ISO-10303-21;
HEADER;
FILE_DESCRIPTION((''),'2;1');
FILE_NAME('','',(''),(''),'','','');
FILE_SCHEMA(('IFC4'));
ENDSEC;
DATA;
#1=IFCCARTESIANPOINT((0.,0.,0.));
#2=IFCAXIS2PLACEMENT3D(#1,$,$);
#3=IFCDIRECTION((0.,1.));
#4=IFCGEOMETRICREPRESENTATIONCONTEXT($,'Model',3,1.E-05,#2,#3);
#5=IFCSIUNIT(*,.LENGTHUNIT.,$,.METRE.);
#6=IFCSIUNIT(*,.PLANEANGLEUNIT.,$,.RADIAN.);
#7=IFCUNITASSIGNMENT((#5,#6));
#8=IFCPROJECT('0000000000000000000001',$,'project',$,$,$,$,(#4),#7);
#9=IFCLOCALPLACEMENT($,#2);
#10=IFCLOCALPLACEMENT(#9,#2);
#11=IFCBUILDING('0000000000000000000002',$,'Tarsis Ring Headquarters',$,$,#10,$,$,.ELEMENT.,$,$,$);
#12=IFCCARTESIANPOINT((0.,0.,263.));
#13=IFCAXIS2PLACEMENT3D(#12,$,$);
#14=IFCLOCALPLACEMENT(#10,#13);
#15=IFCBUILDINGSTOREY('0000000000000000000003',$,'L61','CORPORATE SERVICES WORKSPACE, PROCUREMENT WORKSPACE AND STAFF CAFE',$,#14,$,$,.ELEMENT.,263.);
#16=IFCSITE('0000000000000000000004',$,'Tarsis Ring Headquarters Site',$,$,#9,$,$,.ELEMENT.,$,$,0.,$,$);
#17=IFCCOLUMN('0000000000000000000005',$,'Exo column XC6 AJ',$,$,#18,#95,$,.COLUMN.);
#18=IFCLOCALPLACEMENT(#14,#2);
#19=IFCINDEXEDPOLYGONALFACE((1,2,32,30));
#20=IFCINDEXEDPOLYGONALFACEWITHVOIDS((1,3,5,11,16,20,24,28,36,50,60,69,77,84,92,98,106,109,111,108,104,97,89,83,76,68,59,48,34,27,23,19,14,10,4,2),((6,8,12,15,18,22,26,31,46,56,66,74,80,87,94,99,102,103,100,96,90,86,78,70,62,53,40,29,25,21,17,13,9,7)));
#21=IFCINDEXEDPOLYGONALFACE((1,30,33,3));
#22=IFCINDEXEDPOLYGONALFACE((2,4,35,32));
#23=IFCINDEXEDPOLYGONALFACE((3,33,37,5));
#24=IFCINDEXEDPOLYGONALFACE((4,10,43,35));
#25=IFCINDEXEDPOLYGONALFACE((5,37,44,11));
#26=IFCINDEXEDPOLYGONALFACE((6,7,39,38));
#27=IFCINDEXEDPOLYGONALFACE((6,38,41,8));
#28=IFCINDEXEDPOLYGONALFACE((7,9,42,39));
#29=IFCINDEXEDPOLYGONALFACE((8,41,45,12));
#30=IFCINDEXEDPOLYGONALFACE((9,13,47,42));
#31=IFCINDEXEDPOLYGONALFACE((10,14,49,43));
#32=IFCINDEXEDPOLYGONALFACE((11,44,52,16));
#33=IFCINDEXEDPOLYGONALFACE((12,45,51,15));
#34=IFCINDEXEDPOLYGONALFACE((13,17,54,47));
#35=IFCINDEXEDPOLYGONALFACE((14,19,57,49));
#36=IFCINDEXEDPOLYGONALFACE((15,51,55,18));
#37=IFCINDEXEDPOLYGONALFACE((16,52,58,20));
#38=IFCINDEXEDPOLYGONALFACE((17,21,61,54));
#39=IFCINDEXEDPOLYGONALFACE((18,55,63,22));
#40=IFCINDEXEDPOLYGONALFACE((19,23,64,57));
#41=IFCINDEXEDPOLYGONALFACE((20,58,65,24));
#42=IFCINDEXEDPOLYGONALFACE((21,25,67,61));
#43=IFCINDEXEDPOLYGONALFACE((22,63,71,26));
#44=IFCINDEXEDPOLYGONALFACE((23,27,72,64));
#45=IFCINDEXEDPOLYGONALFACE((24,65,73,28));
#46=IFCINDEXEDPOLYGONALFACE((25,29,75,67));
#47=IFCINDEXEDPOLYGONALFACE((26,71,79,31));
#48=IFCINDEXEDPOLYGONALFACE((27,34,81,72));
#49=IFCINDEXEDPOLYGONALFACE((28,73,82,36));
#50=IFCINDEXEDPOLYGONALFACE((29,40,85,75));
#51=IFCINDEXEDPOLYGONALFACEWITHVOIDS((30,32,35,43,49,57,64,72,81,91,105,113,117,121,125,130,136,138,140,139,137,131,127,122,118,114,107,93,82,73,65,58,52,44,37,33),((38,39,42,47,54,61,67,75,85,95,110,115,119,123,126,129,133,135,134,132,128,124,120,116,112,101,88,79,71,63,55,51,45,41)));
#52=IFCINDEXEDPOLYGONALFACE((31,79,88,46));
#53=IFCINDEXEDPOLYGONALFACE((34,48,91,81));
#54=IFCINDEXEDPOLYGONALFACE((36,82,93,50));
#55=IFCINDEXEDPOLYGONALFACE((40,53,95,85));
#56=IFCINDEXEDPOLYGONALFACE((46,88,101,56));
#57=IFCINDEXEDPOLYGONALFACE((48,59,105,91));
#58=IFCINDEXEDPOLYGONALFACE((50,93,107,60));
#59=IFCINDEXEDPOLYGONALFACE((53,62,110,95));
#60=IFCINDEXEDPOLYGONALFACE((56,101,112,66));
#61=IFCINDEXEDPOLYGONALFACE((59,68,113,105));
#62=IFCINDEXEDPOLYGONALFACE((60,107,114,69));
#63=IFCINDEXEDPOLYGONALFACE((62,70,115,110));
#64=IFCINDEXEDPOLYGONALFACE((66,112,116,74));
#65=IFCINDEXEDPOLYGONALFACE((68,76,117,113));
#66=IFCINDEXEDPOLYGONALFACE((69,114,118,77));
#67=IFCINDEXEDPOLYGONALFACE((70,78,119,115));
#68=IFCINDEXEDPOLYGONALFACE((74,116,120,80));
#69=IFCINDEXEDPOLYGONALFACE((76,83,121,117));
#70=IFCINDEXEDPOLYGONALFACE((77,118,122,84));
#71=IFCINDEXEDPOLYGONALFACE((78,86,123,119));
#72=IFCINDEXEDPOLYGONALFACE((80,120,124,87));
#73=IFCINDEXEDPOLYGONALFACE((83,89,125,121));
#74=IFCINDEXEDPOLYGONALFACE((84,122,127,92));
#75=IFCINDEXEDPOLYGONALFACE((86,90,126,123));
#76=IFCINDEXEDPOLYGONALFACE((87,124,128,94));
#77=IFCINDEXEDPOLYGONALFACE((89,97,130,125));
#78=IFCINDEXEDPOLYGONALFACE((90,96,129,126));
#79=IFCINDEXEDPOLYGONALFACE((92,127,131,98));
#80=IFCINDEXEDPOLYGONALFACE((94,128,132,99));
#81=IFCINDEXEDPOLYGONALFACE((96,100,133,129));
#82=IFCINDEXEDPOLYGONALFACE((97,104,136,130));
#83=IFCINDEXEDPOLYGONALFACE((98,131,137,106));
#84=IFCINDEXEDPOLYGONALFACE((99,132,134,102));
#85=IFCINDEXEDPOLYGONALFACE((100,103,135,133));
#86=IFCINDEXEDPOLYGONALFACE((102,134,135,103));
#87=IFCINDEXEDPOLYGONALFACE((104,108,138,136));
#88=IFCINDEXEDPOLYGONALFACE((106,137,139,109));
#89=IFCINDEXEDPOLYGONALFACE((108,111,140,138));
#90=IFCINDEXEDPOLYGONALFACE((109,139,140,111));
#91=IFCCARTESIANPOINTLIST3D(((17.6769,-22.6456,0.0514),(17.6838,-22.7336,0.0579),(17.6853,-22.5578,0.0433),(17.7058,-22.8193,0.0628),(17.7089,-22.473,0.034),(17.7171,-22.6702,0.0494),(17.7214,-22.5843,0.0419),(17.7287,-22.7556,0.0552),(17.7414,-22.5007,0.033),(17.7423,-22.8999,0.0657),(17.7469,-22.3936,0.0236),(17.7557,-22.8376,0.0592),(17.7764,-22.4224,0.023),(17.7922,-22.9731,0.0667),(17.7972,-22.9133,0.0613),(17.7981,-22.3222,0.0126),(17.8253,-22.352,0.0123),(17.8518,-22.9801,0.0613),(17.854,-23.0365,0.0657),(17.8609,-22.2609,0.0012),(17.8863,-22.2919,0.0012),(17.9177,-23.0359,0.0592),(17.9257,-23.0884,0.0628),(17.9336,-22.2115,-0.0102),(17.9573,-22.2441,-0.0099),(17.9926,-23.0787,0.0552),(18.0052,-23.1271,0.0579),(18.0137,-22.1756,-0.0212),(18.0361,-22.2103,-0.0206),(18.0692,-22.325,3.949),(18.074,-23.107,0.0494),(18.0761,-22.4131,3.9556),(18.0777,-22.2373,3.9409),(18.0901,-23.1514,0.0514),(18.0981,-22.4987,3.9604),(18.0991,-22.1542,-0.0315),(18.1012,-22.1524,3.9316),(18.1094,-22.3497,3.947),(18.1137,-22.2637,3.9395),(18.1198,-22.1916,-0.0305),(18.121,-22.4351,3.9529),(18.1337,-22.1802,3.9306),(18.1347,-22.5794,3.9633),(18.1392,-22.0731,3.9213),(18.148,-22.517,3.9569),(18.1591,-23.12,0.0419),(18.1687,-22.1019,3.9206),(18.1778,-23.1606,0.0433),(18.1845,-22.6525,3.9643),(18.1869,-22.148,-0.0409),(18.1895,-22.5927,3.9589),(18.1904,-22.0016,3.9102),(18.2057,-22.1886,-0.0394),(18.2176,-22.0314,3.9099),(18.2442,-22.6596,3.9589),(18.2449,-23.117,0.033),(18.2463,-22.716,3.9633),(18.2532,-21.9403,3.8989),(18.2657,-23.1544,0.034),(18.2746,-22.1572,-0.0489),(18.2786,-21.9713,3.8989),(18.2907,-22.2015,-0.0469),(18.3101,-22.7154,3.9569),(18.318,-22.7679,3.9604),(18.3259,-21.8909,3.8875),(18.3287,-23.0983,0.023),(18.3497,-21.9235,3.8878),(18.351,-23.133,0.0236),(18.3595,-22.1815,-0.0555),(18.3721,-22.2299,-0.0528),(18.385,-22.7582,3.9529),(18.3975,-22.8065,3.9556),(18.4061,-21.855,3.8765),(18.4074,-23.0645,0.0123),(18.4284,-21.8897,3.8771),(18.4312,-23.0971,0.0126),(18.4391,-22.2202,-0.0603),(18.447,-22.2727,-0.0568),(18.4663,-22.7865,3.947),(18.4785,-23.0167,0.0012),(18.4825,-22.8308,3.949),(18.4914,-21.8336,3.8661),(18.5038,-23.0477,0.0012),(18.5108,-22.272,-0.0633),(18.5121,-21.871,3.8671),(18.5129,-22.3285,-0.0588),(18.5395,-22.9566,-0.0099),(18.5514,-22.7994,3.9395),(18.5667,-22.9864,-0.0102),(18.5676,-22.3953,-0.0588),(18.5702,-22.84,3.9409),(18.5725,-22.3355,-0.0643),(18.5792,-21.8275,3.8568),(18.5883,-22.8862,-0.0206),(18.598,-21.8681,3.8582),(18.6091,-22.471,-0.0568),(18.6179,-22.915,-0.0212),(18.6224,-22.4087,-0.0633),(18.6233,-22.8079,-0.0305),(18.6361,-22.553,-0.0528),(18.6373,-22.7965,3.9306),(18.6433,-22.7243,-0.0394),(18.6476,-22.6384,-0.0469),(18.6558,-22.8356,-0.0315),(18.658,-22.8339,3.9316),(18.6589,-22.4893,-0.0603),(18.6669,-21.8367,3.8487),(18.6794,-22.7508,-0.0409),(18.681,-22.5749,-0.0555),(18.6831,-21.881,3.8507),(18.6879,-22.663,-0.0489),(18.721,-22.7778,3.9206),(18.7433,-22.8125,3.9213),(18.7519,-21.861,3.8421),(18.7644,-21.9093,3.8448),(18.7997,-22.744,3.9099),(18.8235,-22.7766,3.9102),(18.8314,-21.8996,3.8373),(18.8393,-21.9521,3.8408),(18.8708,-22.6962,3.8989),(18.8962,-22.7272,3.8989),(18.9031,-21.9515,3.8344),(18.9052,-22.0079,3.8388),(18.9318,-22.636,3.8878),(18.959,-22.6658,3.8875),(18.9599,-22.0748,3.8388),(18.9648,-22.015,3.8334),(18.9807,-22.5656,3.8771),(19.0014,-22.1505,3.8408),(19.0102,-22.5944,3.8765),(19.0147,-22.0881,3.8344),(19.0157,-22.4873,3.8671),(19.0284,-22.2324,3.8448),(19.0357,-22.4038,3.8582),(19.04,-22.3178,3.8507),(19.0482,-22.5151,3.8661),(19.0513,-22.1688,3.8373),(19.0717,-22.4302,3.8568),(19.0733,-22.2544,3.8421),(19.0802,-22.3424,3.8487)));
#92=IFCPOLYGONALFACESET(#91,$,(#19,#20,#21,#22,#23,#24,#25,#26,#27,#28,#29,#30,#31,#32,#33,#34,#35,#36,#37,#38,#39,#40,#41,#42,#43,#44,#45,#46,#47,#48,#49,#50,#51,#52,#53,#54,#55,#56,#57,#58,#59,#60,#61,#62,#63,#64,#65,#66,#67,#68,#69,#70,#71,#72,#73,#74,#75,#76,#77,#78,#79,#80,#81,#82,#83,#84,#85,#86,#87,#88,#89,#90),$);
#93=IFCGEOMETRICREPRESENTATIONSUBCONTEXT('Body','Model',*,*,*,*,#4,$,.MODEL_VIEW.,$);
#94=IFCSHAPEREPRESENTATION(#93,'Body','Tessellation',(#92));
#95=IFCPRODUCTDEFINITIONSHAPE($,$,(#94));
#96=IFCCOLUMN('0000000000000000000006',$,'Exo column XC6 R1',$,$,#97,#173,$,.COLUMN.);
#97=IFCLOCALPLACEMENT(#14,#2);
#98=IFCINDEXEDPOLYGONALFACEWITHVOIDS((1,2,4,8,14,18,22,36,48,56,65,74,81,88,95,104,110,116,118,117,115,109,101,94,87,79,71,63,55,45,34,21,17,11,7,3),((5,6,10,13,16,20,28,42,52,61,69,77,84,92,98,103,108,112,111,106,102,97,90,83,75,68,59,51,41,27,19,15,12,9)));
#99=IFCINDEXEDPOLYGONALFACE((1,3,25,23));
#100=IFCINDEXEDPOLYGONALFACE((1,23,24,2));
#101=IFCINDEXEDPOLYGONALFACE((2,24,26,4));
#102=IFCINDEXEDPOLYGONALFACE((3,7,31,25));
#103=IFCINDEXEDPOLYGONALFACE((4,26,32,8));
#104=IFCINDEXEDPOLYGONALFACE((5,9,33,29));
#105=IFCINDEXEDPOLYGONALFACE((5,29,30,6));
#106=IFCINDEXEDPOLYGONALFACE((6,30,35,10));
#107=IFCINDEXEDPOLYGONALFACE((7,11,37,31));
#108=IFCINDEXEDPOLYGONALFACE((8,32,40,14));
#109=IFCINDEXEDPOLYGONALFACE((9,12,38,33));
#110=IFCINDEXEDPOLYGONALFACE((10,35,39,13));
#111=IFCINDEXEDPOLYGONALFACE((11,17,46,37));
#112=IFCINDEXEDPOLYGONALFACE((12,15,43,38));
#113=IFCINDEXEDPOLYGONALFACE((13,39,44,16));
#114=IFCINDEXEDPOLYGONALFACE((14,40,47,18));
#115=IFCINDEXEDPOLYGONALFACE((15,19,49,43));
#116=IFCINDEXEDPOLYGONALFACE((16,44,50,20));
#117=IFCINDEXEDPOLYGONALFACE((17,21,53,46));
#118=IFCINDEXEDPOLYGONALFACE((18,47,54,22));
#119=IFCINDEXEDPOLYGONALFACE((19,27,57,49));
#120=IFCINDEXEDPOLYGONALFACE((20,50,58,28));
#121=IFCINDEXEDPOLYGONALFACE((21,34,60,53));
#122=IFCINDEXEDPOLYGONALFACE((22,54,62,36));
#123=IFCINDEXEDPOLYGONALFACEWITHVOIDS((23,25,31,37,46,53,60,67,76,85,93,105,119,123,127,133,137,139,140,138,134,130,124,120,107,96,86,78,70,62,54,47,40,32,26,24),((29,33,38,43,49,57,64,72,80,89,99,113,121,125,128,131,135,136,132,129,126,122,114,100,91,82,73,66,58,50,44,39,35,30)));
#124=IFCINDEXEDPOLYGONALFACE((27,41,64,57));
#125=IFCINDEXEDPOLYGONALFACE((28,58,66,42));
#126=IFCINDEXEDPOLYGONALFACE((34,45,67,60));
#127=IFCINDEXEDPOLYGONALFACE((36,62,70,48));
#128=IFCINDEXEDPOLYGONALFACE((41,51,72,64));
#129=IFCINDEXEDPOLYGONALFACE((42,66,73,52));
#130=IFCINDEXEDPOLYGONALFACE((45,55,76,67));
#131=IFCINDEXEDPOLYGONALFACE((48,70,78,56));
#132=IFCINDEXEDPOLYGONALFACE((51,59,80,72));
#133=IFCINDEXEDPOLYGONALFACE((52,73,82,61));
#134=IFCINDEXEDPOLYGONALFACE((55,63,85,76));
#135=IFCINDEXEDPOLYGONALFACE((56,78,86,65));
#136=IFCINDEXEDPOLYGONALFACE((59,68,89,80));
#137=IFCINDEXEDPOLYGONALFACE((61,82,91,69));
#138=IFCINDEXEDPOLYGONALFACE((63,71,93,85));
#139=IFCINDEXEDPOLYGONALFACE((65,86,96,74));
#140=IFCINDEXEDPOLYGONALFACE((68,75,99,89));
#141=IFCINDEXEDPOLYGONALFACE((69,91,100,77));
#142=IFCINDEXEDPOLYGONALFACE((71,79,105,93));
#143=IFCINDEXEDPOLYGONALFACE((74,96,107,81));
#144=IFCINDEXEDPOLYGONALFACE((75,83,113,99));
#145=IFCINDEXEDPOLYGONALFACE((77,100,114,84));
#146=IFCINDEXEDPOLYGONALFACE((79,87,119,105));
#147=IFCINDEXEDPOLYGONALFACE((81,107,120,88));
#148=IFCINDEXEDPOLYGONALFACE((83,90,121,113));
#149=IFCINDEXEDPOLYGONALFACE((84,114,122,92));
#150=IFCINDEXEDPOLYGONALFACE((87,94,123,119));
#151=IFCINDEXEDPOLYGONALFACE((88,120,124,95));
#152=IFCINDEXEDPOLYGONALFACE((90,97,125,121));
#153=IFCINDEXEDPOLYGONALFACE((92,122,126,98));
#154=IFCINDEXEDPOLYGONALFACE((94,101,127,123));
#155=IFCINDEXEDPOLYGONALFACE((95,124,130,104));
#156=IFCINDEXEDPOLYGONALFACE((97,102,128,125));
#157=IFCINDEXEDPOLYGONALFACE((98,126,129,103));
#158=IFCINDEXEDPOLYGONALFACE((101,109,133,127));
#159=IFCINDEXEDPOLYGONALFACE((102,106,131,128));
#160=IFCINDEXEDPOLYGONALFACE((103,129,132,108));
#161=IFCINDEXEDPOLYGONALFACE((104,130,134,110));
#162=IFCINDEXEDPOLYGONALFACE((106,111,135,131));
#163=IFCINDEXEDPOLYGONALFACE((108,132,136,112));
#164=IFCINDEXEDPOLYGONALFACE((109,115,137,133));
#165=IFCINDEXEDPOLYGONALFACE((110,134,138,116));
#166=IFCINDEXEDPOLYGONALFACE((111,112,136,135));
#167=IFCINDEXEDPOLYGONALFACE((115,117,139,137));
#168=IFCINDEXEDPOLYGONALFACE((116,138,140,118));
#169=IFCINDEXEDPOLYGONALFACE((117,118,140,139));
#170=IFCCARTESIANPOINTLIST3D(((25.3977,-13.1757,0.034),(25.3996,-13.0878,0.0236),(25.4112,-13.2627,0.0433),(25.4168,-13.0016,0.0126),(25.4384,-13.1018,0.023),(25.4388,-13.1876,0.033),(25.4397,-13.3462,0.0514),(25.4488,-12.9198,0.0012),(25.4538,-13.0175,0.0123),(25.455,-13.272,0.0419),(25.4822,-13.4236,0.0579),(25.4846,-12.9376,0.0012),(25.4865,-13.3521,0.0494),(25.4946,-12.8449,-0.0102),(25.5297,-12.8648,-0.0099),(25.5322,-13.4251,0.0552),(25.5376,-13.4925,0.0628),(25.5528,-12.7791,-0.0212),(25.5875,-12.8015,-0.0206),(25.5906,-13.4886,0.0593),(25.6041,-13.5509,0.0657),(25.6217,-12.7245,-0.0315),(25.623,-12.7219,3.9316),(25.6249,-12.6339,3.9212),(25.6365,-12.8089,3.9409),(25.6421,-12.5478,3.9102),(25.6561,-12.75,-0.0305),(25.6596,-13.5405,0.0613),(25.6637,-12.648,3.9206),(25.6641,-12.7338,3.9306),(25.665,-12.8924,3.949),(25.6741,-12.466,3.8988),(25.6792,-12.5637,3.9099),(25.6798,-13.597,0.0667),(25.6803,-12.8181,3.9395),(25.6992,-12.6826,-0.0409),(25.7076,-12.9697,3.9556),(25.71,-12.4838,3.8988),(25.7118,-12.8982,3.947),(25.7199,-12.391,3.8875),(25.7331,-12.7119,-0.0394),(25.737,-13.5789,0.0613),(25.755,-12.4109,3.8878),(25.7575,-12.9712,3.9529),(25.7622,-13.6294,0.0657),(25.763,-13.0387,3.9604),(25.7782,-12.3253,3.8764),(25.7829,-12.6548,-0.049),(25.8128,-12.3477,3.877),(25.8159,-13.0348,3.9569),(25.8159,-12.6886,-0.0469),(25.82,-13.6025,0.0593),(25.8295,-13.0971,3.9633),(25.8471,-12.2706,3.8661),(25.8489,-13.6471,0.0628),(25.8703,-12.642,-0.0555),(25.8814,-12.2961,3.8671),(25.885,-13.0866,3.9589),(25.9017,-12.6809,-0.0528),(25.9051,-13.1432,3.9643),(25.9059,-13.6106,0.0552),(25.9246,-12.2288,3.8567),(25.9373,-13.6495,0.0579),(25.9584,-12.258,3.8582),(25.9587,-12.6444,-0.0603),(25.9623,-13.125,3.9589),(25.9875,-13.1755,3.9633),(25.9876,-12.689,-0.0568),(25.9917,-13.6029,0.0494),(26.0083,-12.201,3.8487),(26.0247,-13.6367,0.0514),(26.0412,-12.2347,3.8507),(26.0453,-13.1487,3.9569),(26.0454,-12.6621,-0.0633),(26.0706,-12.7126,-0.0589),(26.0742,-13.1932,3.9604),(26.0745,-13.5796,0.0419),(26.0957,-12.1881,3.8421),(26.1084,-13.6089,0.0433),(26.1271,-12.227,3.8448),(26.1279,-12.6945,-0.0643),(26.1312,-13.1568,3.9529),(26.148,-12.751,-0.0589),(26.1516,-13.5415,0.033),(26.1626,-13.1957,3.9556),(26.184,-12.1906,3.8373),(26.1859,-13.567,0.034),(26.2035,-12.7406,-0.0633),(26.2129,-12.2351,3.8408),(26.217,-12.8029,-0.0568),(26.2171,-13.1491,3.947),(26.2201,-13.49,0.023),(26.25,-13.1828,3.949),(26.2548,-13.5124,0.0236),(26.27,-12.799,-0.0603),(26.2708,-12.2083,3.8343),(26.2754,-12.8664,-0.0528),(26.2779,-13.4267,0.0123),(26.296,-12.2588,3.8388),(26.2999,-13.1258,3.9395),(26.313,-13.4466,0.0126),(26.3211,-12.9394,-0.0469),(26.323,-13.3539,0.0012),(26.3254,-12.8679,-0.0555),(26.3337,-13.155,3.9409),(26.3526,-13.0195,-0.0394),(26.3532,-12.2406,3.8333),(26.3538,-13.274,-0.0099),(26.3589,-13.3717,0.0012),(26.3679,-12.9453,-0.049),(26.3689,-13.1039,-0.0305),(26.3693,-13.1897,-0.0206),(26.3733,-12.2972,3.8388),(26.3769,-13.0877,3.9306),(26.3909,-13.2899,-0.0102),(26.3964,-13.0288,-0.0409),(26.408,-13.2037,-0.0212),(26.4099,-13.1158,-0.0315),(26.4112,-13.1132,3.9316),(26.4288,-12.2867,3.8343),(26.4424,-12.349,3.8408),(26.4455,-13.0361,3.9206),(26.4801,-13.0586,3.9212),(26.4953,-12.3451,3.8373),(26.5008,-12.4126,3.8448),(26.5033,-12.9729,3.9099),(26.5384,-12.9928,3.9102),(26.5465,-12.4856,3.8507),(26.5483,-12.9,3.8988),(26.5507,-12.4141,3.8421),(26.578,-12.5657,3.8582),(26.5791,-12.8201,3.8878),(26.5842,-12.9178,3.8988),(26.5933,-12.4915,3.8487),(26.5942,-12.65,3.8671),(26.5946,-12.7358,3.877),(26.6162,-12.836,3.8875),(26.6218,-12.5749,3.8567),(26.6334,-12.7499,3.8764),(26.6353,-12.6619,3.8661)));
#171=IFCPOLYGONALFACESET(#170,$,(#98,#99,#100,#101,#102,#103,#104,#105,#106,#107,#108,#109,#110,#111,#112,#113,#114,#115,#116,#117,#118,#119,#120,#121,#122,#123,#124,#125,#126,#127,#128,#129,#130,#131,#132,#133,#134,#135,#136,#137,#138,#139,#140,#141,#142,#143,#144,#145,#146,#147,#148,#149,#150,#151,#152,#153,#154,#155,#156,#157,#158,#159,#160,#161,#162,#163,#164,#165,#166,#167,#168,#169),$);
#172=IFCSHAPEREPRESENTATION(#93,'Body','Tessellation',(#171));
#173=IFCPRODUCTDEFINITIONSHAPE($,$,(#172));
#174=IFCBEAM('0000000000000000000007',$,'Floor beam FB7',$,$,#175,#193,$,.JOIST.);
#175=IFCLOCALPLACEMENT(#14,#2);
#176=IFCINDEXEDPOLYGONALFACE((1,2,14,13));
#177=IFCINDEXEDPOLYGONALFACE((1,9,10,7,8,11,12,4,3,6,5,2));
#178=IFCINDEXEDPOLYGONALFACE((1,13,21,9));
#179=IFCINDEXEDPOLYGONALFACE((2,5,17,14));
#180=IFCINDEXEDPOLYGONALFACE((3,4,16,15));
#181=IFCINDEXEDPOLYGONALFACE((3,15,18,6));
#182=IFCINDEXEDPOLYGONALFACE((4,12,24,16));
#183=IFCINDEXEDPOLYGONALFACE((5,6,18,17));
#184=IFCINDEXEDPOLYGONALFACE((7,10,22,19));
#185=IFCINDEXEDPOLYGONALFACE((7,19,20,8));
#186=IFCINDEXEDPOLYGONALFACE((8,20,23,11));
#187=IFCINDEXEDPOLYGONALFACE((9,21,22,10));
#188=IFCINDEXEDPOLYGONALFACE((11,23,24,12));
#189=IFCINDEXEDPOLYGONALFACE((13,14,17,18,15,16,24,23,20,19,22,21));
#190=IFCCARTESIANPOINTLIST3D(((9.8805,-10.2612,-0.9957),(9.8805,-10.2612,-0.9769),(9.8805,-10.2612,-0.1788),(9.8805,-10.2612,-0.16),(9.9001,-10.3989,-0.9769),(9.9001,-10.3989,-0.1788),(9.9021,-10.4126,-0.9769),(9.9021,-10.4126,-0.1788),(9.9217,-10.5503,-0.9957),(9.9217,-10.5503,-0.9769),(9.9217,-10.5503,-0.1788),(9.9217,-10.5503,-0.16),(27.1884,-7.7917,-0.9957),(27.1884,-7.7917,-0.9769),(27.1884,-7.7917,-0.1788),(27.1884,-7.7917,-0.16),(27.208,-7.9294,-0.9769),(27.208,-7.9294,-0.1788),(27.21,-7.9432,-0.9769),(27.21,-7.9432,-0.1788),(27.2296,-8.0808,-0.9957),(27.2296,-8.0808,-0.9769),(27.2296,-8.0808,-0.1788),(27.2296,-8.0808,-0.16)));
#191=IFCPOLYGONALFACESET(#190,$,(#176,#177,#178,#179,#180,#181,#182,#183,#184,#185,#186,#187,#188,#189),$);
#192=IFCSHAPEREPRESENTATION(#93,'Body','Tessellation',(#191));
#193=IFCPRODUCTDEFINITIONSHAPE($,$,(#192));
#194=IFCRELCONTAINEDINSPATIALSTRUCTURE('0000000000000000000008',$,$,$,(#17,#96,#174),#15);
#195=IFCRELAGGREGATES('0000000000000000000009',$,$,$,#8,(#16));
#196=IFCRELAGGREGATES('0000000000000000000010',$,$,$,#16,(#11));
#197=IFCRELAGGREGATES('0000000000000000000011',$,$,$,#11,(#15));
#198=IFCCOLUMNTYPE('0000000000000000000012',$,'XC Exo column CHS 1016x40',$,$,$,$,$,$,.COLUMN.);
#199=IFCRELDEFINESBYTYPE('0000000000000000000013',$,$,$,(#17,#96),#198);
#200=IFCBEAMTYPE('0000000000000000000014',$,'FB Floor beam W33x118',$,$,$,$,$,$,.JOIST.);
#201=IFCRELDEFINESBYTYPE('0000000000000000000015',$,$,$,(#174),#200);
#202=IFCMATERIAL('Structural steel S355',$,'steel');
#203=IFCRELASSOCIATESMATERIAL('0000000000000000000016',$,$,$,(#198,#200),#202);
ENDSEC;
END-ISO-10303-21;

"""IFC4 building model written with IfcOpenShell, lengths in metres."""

from ifc_helpers import new_model, si_unit, direction, frame, origin, origin_2d, place, context, subcontext, project, spatial, hollow_circle, i_section, extrude, material, material_profile, profile_set, type_object, element, save


model = new_model("IFC4")

# Units and contexts
model_context = context("Model", 3, precision=1e-05, world=origin(), true_north=direction((0.0, 1.0)))
body_context = subcontext(model_context, "Body", "Model", "MODEL_VIEW")
ifc_project = project(units=[si_unit("LENGTHUNIT", "METRE"), si_unit("PLANEANGLEUNIT", "RADIAN")], contexts=[model_context])

# Site, building, storey
site_placement = place(None, origin())
site = spatial("IfcSite", under=ifc_project, at=site_placement, Name="Tarsis Ring Headquarters Site", CompositionType="ELEMENT", RefElevation=0.0)
building_placement = place(site_placement, origin())
building = spatial("IfcBuilding", under=site, at=building_placement, Name="Tarsis Ring Headquarters", CompositionType="ELEMENT")
storey_placement = place(building_placement, frame((0.0, 0.0, 263.0)))
storey = spatial("IfcBuildingStorey", under=building, at=storey_placement, Name="L61", Description="CORPORATE SERVICES WORKSPACE, PROCUREMENT WORKSPACE AND STAFF CAFE", CompositionType="ELEMENT", Elevation=263.0)

# Columns
ifc_material_1 = material(Name="Structural steel S355", Category="steel")
ifc_material_profile_1 = material_profile(ifc_material_1, hollow_circle(Radius=0.5081, WallThickness=0.04, at=origin_2d()), Name="CHS 1016x40")
ifc_profile_set_1 = profile_set([ifc_material_profile_1], Name="Structural steel S355")
column_type = type_object("IfcColumnType", Name="XC Exo column CHS 1016x40", PredefinedType="COLUMN", material=ifc_profile_set_1)
for number, where, z_axis, x_axis, name in (
    (1, (18.1824, -22.6543, 0.0012), (0.099818, 0.081556, 0.991658), (-0.632713, 0.774387, 0.0), "Exo column XC6 AJ"),
    (2, (25.9038, -13.1458, 0.0012), (0.057332, 0.115471, 0.991655), (-0.895676, 0.444706, 0.0), "Exo column XC6 R1"),
):
    element("IfcColumn", number, at=place(storey_placement, frame(where, z_axis=z_axis, x_axis=x_axis)), inside=storey, type_object=column_type, Name=name, PredefinedType="COLUMN", context=body_context, shape_type="SweptSolid", body=[
        extrude(hollow_circle(Radius=0.5081, WallThickness=0.04, at=origin_2d()), origin(), (0.0, 0.0, 1.0), 3.9304),
    ])

# Beam
ifc_material_profile_2 = material_profile(ifc_material_1, i_section(OverallWidth=0.292, OverallDepth=0.8357, WebThickness=0.0139, FlangeThickness=0.0188, at=origin_2d()), Name="W33x118")
ifc_profile_set_2 = profile_set([ifc_material_profile_2], Name="Structural steel S355")
beam_type_1 = type_object("IfcBeamType", Name="FB Floor beam W33x118", PredefinedType="JOIST", material=ifc_profile_set_2)
beam_1_placement = place(storey_placement, frame((9.9011, -10.4058, -0.5779), z_axis=(0.989974, 0.141249, 0.0), x_axis=(-0.141249, 0.989974, 0.0)))
element("IfcBeam", 3, at=beam_1_placement, inside=storey, type_object=beam_type_1, Name="Floor beam FB7", PredefinedType="JOIST", context=body_context, shape_type="SweptSolid", body=[
    extrude(i_section(OverallWidth=0.292, OverallDepth=0.8357, WebThickness=0.0139, FlangeThickness=0.0188, at=origin_2d()), origin(), (0.0, 0.0, 1.0), 17.4832),
])

save(model, "model.ifc")
